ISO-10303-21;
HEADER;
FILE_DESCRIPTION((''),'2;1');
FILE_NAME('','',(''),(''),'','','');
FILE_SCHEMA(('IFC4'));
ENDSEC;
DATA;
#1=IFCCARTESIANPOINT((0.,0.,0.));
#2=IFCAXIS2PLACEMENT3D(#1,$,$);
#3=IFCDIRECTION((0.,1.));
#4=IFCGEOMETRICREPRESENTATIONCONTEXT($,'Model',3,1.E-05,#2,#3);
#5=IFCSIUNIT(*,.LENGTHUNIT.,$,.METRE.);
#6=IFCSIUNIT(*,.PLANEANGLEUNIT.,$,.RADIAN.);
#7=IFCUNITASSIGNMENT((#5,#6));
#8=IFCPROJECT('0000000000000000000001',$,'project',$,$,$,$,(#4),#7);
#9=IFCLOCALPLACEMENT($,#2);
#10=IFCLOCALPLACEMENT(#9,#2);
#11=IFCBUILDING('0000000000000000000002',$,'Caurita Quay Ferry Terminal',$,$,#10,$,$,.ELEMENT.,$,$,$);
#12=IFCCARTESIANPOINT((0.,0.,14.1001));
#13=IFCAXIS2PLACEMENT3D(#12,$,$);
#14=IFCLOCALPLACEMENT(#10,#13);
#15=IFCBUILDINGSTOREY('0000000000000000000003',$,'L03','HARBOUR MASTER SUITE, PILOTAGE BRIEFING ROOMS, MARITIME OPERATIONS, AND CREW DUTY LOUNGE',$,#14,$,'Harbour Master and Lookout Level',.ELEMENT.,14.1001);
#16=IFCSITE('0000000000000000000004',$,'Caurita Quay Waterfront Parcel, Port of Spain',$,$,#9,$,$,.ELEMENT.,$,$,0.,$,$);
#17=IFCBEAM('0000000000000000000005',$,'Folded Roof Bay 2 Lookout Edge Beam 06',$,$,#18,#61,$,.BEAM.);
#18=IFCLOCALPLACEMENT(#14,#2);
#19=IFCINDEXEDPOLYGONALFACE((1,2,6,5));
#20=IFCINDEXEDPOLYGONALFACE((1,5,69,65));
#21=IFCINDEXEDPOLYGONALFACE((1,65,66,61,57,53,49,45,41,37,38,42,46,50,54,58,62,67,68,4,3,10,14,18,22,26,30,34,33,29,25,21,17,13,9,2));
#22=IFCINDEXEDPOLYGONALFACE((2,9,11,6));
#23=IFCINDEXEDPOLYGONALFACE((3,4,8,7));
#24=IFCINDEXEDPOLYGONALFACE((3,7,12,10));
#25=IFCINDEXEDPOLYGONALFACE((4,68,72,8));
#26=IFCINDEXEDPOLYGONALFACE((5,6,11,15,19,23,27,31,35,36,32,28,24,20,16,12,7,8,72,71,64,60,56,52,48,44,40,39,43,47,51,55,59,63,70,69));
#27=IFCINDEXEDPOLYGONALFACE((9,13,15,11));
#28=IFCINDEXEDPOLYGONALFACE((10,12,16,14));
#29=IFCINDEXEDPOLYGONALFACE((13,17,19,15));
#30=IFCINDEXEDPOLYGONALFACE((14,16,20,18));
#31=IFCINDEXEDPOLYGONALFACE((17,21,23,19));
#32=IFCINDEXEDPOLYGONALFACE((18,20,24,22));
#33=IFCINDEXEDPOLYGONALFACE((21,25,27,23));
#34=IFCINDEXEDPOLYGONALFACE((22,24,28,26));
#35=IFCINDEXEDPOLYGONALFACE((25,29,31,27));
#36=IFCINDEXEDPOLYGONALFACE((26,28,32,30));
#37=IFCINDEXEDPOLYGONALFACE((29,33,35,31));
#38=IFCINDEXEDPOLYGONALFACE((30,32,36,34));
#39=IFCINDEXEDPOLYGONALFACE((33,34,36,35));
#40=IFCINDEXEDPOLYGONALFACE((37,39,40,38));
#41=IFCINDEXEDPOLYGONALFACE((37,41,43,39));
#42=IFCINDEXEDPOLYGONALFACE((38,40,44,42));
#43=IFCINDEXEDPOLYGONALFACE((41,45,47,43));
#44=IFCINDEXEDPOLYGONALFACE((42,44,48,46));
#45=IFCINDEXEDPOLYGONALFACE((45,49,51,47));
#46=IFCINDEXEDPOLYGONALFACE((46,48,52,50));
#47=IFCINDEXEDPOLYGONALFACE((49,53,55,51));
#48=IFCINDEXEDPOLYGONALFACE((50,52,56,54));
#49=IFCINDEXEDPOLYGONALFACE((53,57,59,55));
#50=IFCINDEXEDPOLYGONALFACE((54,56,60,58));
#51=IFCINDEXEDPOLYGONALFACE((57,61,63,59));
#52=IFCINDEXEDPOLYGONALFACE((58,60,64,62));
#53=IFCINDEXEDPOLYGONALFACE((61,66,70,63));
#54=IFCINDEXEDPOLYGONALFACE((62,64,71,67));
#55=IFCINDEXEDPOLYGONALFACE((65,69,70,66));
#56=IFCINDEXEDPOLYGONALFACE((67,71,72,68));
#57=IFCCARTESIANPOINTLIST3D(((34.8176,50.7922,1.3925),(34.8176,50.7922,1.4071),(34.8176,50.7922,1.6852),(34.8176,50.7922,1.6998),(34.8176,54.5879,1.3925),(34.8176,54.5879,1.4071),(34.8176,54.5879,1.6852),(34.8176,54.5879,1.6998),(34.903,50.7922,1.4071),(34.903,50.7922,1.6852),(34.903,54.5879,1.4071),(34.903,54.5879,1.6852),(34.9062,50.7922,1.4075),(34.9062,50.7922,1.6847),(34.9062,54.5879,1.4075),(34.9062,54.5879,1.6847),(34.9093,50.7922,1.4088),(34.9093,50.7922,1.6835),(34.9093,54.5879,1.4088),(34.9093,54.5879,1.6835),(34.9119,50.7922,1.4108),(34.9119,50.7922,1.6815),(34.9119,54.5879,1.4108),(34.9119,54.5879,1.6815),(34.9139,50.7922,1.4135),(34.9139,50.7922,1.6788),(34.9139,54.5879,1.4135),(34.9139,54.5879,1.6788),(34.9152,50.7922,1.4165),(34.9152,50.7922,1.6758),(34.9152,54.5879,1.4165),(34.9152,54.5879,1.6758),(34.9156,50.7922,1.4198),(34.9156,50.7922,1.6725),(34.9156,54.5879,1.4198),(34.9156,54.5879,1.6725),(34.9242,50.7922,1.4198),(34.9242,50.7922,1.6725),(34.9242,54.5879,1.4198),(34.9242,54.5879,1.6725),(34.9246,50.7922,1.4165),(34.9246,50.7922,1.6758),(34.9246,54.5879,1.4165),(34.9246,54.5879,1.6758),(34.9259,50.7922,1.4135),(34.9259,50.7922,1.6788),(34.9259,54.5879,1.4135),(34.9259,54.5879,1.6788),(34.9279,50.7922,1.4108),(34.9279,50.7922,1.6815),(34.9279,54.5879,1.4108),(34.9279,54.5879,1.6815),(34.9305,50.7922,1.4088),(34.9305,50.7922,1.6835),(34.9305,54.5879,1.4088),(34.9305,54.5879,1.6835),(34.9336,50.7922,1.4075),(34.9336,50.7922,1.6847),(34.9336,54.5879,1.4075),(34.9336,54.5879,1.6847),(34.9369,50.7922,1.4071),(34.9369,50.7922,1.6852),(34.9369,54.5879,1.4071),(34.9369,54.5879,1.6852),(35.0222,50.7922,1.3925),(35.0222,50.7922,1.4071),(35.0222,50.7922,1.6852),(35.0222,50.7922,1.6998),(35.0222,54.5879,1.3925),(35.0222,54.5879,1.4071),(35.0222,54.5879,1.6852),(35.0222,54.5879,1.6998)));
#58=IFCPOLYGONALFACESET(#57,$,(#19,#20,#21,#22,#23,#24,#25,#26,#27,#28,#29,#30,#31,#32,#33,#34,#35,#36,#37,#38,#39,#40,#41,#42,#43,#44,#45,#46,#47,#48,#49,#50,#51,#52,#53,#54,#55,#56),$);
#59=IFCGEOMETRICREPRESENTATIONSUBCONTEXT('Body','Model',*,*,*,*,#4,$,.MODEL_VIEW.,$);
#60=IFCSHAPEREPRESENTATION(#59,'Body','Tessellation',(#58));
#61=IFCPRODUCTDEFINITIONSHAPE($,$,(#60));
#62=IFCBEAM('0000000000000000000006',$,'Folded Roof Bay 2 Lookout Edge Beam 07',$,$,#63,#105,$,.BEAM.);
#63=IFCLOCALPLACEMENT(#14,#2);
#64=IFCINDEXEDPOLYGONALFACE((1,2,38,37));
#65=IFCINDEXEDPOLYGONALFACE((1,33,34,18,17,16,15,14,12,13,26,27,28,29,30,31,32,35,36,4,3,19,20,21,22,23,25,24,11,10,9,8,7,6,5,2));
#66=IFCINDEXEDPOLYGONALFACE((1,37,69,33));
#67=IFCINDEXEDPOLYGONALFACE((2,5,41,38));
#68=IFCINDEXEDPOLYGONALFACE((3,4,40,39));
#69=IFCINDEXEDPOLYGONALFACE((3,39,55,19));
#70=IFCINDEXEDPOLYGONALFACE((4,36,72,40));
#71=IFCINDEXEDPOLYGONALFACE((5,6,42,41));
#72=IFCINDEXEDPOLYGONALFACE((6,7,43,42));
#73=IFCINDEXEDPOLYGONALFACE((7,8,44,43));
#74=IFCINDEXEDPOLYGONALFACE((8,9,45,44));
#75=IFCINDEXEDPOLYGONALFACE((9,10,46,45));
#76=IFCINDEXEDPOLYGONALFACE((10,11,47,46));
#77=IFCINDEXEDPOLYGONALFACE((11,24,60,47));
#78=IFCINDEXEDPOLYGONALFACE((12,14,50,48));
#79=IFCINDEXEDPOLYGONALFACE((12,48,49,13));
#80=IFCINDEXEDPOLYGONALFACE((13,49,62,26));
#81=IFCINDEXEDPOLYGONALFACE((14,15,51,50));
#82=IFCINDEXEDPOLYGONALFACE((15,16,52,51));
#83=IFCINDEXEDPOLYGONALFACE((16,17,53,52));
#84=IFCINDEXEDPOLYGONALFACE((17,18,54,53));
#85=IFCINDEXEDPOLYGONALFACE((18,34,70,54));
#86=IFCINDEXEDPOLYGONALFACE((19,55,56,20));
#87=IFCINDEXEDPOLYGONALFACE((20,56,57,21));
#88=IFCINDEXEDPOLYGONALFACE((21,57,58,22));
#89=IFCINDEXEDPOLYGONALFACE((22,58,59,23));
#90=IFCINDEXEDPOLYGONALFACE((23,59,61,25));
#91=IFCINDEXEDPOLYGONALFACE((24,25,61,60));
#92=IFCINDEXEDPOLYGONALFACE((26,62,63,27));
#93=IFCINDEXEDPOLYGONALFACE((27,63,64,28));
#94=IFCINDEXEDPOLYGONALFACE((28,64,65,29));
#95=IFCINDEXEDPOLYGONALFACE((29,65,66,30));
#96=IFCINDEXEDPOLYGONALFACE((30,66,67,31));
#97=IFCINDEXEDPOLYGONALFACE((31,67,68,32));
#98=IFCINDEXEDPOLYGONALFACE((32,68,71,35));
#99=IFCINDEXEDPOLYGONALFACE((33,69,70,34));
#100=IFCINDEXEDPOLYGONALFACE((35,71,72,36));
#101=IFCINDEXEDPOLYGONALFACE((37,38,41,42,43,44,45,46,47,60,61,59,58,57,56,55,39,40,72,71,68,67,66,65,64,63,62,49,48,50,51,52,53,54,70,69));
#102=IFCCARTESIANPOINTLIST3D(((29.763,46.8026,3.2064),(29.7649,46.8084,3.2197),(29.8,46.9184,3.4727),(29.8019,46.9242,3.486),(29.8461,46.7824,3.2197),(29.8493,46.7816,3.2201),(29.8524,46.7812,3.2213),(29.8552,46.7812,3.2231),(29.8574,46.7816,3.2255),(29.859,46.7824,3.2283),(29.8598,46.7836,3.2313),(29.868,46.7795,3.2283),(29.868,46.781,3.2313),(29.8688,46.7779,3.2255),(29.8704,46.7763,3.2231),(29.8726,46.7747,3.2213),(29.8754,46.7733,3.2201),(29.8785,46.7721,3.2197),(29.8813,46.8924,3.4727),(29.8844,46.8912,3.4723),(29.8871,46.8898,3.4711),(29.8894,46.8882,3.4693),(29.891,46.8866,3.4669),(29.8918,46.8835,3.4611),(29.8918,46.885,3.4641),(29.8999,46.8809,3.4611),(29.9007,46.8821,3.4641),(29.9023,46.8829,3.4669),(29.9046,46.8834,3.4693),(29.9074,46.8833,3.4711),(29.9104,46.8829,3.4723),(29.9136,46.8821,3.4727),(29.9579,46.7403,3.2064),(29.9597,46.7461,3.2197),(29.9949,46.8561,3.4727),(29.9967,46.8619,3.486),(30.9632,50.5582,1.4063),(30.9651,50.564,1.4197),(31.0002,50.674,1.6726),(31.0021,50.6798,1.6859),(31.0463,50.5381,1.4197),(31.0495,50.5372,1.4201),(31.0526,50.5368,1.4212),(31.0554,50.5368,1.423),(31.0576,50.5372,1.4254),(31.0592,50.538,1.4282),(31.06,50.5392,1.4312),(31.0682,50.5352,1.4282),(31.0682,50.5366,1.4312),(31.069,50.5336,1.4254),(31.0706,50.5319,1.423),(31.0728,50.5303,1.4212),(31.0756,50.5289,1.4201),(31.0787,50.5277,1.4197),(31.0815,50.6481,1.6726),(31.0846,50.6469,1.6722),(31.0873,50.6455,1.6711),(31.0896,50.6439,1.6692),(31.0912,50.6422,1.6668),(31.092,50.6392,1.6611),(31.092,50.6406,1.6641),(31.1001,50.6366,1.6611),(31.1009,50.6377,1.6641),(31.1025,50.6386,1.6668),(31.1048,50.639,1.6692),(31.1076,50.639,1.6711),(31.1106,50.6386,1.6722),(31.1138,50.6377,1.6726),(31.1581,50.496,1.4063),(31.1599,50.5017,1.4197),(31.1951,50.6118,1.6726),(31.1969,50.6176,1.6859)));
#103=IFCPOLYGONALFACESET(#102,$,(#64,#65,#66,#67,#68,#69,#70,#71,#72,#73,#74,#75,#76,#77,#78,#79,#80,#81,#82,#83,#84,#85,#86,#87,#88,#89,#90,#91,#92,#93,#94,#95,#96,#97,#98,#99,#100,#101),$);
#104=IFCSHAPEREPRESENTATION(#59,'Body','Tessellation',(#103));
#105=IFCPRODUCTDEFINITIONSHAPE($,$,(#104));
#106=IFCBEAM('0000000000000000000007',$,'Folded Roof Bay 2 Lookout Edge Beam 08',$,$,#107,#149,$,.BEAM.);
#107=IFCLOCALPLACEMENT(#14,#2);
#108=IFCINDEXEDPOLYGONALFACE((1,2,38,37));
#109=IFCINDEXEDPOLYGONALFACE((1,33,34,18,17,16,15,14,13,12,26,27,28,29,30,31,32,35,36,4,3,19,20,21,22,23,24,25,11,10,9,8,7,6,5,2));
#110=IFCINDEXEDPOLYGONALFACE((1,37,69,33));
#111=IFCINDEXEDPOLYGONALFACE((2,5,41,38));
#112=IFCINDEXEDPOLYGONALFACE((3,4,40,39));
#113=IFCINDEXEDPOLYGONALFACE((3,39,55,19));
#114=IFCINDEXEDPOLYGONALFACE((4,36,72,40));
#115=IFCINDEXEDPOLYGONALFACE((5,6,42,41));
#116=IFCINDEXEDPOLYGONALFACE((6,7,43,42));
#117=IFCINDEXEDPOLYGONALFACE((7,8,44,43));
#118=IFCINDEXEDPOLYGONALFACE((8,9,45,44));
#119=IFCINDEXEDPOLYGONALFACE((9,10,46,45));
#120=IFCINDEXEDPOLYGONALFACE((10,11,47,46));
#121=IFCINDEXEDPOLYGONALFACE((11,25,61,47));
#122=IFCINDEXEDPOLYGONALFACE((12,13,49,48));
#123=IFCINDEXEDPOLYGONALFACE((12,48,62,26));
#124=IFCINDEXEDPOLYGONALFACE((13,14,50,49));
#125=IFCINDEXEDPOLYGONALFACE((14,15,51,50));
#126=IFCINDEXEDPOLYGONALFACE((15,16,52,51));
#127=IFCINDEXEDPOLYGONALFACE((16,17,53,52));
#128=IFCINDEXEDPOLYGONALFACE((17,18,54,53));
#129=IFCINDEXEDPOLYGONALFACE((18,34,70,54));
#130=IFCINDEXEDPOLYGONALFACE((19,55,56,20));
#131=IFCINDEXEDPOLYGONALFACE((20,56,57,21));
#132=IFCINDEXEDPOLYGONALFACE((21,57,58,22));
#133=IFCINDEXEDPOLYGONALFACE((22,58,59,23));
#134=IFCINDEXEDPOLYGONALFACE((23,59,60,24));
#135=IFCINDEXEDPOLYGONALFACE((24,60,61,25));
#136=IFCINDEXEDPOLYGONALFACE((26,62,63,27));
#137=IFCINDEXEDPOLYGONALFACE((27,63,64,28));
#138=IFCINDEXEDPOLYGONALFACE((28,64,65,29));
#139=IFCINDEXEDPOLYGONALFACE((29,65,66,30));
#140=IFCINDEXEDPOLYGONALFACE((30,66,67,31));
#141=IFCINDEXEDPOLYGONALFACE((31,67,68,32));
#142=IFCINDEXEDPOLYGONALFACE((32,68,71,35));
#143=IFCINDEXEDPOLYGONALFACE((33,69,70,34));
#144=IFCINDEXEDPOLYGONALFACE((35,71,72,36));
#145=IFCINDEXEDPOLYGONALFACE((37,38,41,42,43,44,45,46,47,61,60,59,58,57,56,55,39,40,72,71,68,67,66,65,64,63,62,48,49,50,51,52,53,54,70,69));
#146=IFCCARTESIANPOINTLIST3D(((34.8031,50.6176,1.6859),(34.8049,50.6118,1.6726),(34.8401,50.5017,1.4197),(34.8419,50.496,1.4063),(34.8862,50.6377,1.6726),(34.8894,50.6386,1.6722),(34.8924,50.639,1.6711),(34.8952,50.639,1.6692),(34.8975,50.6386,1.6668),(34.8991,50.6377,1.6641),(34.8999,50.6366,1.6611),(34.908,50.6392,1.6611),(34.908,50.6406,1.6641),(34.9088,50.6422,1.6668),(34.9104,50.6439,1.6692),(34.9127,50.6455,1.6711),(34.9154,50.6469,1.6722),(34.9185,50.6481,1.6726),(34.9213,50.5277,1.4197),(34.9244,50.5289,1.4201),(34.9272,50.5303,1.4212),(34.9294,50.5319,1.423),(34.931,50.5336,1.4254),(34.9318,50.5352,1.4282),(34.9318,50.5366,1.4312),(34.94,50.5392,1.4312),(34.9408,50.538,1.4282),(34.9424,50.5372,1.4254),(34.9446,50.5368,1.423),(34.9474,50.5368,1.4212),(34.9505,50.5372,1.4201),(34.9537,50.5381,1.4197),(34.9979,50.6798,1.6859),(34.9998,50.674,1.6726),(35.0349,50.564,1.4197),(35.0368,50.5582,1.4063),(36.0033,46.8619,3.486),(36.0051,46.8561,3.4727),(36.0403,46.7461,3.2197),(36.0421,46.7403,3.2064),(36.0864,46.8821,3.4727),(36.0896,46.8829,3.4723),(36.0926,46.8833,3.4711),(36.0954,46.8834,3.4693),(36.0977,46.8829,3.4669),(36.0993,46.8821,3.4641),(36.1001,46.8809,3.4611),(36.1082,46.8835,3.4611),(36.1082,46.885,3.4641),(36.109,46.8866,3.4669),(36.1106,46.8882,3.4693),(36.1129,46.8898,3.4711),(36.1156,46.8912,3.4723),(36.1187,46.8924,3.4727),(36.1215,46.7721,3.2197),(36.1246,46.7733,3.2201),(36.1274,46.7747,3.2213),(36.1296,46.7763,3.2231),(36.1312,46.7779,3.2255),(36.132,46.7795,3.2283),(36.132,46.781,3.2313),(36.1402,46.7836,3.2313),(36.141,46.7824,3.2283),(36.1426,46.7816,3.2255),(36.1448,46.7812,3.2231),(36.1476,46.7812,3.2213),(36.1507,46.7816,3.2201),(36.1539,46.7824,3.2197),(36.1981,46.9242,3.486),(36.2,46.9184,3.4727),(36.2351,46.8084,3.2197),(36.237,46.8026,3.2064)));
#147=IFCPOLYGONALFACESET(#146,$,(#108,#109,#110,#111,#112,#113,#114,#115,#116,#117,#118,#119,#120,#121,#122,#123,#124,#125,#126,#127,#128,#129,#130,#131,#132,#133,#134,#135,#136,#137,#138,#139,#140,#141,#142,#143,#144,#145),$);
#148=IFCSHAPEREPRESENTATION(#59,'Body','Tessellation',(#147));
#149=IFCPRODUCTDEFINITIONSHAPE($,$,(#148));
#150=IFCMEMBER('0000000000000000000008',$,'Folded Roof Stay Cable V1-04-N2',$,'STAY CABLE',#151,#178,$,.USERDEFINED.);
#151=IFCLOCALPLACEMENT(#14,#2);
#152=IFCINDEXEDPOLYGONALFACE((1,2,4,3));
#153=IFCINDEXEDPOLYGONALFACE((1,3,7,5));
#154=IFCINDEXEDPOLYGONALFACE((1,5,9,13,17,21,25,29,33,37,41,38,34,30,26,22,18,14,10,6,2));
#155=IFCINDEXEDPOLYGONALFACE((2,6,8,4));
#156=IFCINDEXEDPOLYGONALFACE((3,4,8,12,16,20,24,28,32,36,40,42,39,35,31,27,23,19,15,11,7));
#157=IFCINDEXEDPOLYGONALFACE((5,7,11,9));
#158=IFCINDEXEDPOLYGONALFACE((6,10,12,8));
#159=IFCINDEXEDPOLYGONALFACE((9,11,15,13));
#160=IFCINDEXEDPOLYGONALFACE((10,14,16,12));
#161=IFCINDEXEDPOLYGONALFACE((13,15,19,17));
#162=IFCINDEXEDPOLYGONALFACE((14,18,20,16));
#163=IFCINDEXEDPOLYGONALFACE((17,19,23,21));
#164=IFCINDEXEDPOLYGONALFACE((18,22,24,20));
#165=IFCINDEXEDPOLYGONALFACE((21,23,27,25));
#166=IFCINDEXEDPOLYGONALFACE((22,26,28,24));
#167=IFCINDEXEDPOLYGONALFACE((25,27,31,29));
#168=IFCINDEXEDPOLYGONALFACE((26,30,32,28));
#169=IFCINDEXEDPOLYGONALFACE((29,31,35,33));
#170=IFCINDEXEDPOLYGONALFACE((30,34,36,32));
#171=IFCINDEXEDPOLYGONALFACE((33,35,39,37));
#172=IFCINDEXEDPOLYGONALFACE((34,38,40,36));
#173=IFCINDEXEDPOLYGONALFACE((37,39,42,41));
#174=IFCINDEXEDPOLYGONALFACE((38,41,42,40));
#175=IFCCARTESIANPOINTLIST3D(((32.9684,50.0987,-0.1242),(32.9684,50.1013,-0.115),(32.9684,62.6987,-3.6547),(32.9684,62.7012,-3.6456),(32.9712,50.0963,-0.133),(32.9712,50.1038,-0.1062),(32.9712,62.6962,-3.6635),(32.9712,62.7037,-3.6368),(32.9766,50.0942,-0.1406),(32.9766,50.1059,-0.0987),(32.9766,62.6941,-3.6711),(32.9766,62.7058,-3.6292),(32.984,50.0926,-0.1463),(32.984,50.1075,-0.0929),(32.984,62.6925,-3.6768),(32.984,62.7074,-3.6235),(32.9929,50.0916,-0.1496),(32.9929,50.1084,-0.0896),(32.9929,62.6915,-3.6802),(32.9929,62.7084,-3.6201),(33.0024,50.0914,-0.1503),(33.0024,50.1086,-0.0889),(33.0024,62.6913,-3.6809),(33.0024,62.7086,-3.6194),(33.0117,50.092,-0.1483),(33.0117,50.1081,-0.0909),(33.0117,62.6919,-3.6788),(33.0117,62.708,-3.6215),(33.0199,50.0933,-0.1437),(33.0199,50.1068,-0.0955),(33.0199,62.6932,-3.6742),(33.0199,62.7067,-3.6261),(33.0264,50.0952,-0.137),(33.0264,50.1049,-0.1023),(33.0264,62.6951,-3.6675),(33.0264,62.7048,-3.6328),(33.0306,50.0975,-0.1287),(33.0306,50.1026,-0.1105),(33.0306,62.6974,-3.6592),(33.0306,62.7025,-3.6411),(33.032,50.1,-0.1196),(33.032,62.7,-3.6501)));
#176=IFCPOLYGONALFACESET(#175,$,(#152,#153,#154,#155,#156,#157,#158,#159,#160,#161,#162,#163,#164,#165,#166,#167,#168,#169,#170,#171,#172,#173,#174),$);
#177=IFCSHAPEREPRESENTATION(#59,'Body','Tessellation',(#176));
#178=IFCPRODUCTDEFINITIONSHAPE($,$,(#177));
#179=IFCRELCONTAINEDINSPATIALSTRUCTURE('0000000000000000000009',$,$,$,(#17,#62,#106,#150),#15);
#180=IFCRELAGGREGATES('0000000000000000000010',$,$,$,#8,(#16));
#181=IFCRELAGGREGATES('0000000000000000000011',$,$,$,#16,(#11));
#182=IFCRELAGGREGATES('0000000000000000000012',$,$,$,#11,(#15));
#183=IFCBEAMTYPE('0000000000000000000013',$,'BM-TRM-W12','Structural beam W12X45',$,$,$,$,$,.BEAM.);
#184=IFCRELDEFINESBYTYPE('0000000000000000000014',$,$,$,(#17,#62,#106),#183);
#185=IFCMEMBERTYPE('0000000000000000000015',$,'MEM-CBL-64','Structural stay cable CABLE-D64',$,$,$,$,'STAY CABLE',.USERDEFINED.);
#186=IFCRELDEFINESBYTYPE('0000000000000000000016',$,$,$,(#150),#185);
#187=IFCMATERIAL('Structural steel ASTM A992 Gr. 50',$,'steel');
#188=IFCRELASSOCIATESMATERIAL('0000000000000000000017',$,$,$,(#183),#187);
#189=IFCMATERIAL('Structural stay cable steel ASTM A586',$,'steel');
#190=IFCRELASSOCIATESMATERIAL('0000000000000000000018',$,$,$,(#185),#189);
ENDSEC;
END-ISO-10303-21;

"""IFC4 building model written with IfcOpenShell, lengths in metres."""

from ifc_helpers import new_model, si_unit, direction, frame, origin, origin_2d, place, context, subcontext, project, spatial, circle, i_section, extrude, material, material_profile, profile_set, type_object, element, save


model = new_model("IFC4")

# Units and contexts
model_context = context("Model", 3, precision=1e-05, world=origin(), true_north=direction((0.0, 1.0)))
body_context = subcontext(model_context, "Body", "Model", "MODEL_VIEW")
ifc_project = project(units=[si_unit("LENGTHUNIT", "METRE"), si_unit("PLANEANGLEUNIT", "RADIAN")], contexts=[model_context])

# Site, building, storey
site_placement = place(None, origin())
site = spatial("IfcSite", under=ifc_project, at=site_placement, Name="Caurita Quay Waterfront Parcel, Port of Spain", CompositionType="ELEMENT", RefElevation=0.0)
building_placement = place(site_placement, origin())
building = spatial("IfcBuilding", under=site, at=building_placement, Name="Caurita Quay Ferry Terminal", CompositionType="ELEMENT")
storey_placement = place(building_placement, frame((0.0, 0.0, 14.1001)))
storey = spatial("IfcBuildingStorey", under=building, at=storey_placement, Name="L03", Description="HARBOUR MASTER SUITE, PILOTAGE BRIEFING ROOMS, MARITIME OPERATIONS, AND CREW DUTY LOUNGE", LongName="Harbour Master and Lookout Level", CompositionType="ELEMENT", Elevation=14.1001)

# Beams
ifc_material_1 = material(Name="Structural steel ASTM A992 Gr. 50", Category="steel")
ifc_material_profile_1 = material_profile(ifc_material_1, i_section(OverallWidth=0.2046, OverallDepth=0.3074, WebThickness=0.0085, FlangeThickness=0.0146, FilletRadius=0.0127, at=origin_2d()), Name="W12X45")
ifc_profile_set_1 = profile_set([ifc_material_profile_1], Name="Structural steel ASTM A992 Gr. 50")
beam_type_1 = type_object("IfcBeamType", Name="BM-TRM-W12", Description="Structural beam W12X45", PredefinedType="BEAM", material=ifc_profile_set_1)
for number, where, z_axis, x_axis, name in (
    (1, (34.9199, 54.5879, 1.5461), (0.0, -1.0, 0.0), (1.0, 0.0, 0.0), "Folded Roof Bay 2 Lookout Edge Beam 06"),
):
    element("IfcBeam", number, at=place(storey_placement, frame(where, z_axis=z_axis, x_axis=x_axis)), inside=storey, type_object=beam_type_1, Name=name, PredefinedType="BEAM", context=body_context, shape_type="SweptSolid", body=[
        extrude(i_section(OverallWidth=0.2046, OverallDepth=0.3074, WebThickness=0.0085, FlangeThickness=0.0146, FilletRadius=0.0127, at=origin_2d()), origin(), (0.0, 0.0, 1.0), 3.7957),
    ])
for number, where, z_axis, x_axis, name in (
    (2, (31.0801, 50.5879, 1.5461), (-0.276913, -0.866507, 0.415313), (0.952542, -0.304407, 0.0), "Folded Roof Bay 2 Lookout Edge Beam 07"),
    (3, (34.9199, 50.5879, 1.5461), (0.276913, -0.866507, 0.415313), (0.952542, 0.304407, 0.0), "Folded Roof Bay 2 Lookout Edge Beam 08"),
):
    element("IfcBeam", number, at=place(storey_placement, frame(where, z_axis=z_axis, x_axis=x_axis)), inside=storey, type_object=beam_type_1, Name=name, PredefinedType="BEAM", context=body_context, shape_type="SweptSolid", body=[
        extrude(i_section(OverallWidth=0.2046, OverallDepth=0.3074, WebThickness=0.0085, FlangeThickness=0.0146, FilletRadius=0.0127, at=origin_2d()), origin(), (0.0, 0.0, 1.0), 4.3342),
    ])

# Member
ifc_material_2 = material(Name="Structural stay cable steel ASTM A586", Category="steel")
ifc_material_profile_2 = material_profile(ifc_material_2, circle(Radius=0.032, at=origin_2d()), Name="CABLE-D64")
ifc_profile_set_2 = profile_set([ifc_material_profile_2], Name="Structural stay cable steel ASTM A586")
member_type_1 = type_object("IfcMemberType", Name="MEM-CBL-64", Description="Structural stay cable CABLE-D64", ElementType="STAY CABLE", PredefinedType="USERDEFINED", material=ifc_profile_set_2)
member_1_placement = place(storey_placement, frame((33.0, 62.7, -3.6501), z_axis=(0.0, -0.962913, 0.269811), x_axis=(1.0, 0.0, 0.0)))
element("IfcMember", 4, at=member_1_placement, inside=storey, type_object=member_type_1, Name="Folded Roof Stay Cable V1-04-N2", ObjectType="STAY CABLE", PredefinedType="USERDEFINED", context=body_context, shape_type="SweptSolid", body=[
    extrude(circle(Radius=0.032, at=origin_2d()), origin(), (0.0, 0.0, 1.0), 13.0852),
])

save(model, "model.ifc")
